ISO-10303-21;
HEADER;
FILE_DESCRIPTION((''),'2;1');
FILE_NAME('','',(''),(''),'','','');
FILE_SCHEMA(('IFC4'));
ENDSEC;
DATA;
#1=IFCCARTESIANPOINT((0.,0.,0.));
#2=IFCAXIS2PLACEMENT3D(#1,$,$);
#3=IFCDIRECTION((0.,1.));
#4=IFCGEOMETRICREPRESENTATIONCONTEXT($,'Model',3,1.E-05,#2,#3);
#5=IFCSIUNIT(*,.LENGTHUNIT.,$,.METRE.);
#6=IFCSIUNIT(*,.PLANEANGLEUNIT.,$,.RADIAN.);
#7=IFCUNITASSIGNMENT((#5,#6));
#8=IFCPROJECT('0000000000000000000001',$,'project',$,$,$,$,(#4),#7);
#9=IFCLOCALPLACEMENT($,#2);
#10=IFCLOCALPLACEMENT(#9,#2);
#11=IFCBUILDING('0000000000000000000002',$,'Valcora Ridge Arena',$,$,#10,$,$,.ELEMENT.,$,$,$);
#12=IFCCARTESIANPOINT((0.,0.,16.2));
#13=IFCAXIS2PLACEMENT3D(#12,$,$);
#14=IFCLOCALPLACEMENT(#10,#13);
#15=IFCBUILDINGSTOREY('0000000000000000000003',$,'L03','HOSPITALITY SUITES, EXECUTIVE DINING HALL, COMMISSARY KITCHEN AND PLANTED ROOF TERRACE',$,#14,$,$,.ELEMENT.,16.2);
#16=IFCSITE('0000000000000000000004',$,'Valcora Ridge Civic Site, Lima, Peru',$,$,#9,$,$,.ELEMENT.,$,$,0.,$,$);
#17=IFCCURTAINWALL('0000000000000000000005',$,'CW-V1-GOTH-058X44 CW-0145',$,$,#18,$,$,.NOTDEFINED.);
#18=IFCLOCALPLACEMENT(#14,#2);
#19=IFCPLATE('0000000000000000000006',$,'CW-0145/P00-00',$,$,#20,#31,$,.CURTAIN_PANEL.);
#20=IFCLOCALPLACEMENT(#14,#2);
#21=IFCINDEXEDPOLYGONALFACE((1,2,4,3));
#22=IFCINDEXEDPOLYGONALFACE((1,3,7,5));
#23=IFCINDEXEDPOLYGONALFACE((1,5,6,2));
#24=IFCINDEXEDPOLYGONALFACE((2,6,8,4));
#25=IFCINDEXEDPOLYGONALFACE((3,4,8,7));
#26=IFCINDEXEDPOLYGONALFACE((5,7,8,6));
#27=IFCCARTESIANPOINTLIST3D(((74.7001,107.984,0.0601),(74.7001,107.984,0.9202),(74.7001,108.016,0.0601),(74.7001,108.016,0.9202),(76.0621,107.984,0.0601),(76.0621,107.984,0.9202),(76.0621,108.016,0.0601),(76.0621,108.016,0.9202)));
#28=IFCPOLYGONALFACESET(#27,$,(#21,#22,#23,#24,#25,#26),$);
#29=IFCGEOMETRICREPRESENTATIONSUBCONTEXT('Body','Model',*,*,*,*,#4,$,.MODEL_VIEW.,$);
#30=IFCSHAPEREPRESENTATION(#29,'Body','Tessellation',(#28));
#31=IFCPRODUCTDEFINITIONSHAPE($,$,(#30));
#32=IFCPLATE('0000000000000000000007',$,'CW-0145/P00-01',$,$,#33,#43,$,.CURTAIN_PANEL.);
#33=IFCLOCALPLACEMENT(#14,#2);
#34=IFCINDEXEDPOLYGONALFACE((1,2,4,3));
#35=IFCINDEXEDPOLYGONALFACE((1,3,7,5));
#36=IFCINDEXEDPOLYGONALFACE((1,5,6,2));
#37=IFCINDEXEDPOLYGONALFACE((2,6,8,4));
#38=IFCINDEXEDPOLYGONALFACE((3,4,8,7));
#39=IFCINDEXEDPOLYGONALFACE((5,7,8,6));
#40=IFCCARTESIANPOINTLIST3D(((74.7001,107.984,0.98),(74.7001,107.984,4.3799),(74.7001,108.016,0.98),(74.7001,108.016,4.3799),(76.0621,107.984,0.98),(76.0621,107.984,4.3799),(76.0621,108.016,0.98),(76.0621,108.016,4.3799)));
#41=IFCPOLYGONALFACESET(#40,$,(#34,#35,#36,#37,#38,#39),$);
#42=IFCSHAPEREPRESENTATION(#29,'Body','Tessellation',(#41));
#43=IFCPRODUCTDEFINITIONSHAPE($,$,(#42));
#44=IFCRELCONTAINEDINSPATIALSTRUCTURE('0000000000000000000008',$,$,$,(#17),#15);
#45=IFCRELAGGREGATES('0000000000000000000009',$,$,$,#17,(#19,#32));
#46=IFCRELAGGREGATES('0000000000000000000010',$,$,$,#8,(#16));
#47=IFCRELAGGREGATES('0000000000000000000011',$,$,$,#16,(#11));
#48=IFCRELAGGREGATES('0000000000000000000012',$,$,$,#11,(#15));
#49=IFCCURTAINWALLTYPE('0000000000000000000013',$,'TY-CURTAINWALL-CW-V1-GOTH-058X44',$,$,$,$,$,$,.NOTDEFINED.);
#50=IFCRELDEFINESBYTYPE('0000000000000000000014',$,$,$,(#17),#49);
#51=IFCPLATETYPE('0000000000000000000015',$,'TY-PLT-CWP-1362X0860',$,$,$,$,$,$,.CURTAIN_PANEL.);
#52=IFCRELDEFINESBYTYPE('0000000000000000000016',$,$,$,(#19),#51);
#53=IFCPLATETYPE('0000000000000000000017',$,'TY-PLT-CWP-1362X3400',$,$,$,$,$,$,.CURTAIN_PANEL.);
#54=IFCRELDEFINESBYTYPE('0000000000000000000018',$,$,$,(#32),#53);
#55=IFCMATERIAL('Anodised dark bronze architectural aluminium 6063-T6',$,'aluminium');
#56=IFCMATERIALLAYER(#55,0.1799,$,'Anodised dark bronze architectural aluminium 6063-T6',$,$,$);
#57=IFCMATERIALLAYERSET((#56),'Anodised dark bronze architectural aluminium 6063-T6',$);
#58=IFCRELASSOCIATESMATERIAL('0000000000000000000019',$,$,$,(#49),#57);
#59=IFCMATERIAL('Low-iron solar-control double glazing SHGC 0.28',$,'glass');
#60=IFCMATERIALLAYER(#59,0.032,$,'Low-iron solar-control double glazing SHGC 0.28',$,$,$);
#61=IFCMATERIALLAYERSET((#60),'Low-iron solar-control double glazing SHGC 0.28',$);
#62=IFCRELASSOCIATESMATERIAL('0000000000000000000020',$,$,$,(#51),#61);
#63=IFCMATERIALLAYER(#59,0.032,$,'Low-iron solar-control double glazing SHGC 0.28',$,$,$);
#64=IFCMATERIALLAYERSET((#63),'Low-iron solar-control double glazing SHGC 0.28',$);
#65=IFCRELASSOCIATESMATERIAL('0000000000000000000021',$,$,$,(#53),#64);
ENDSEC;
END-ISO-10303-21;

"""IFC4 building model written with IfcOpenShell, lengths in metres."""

from ifc_helpers import new_model, si_unit, direction, frame, origin, origin_2d, place, context, subcontext, project, spatial, rectangle, extrude, material, layer, layer_set, type_object, element, aggregate, save


model = new_model("IFC4")

# Units and contexts
model_context = context("Model", 3, precision=1e-05, world=origin(), true_north=direction((0.0, 1.0)))
body_context = subcontext(model_context, "Body", "Model", "MODEL_VIEW")
ifc_project = project(units=[si_unit("LENGTHUNIT", "METRE"), si_unit("PLANEANGLEUNIT", "RADIAN")], contexts=[model_context])

# Site, building, storey
site_placement = place(None, origin())
site = spatial("IfcSite", under=ifc_project, at=site_placement, Name="Valcora Ridge Civic Site, Lima, Peru", CompositionType="ELEMENT", RefElevation=0.0)
building_placement = place(site_placement, origin())
building = spatial("IfcBuilding", under=site, at=building_placement, Name="Valcora Ridge Arena", CompositionType="ELEMENT")
storey_placement = place(building_placement, frame((0.0, 0.0, 16.2)))
storey = spatial("IfcBuildingStorey", under=building, at=storey_placement, Name="L03", Description="HOSPITALITY SUITES, EXECUTIVE DINING HALL, COMMISSARY KITCHEN AND PLANTED ROOF TERRACE", CompositionType="ELEMENT", Elevation=16.2)

# Shared definitions
ifc_material_1 = material(Name="Anodised dark bronze architectural aluminium 6063-T6", Category="aluminium")

# Curtain wall
ifc_layer_1 = layer(ifc_material_1, 0.1799, Name="Anodised dark bronze architectural aluminium 6063-T6")
ifc_layer_set_1 = layer_set([ifc_layer_1], Name="Anodised dark bronze architectural aluminium 6063-T6")
curtain_wall_type_1 = type_object("IfcCurtainWallType", Name="TY-CURTAINWALL-CW-V1-GOTH-058X44", PredefinedType="NOTDEFINED", material=ifc_layer_set_1)
curtain_wall_1_placement = place(storey_placement, origin())
curtain_wall_1 = element("IfcCurtainWall", 1, at=curtain_wall_1_placement, inside=storey, type_object=curtain_wall_type_1, Name="CW-V1-GOTH-058X44 CW-0145", PredefinedType="NOTDEFINED")

# Plates
ifc_material_2 = material(Name="Low-iron solar-control double glazing SHGC 0.28", Category="glass")
ifc_layer_2 = layer(ifc_material_2, 0.032, Name="Low-iron solar-control double glazing SHGC 0.28")
ifc_layer_set_2 = layer_set([ifc_layer_2], Name="Low-iron solar-control double glazing SHGC 0.28")
plate_type_1 = type_object("IfcPlateType", Name="TY-PLT-CWP-1362X0860", PredefinedType="CURTAIN_PANEL", material=ifc_layer_set_2)
plate_1_placement = place(storey_placement, frame((75.3811, 108.0, 0.0601), z_axis=(0.0, 0.0, 1.0), x_axis=(1.0, 0.0, 0.0)))
plate_1 = element("IfcPlate", 2, at=plate_1_placement, type_object=plate_type_1, Name="CW-0145/P00-00", PredefinedType="CURTAIN_PANEL", context=body_context, shape_type="SweptSolid", body=[
    extrude(rectangle(XDim=1.3621, YDim=0.032, at=origin_2d()), origin(), (0.0, 0.0, 1.0), 0.8601),
])
ifc_layer_3 = layer(ifc_material_2, 0.032, Name="Low-iron solar-control double glazing SHGC 0.28")
ifc_layer_set_3 = layer_set([ifc_layer_3], Name="Low-iron solar-control double glazing SHGC 0.28")
plate_type_2 = type_object("IfcPlateType", Name="TY-PLT-CWP-1362X3400", PredefinedType="CURTAIN_PANEL", material=ifc_layer_set_3)
plate_2_placement = place(storey_placement, frame((75.3811, 108.0, 0.98), z_axis=(0.0, 0.0, 1.0), x_axis=(1.0, 0.0, 0.0)))
plate_2 = element("IfcPlate", 3, at=plate_2_placement, type_object=plate_type_2, Name="CW-0145/P00-01", PredefinedType="CURTAIN_PANEL", context=body_context, shape_type="SweptSolid", body=[
    extrude(rectangle(XDim=1.3621, YDim=0.032, at=origin_2d()), origin(), (0.0, 0.0, 1.0), 3.3999),
])
aggregate(curtain_wall_1, [plate_1, plate_2])

save(model, "model.ifc")
